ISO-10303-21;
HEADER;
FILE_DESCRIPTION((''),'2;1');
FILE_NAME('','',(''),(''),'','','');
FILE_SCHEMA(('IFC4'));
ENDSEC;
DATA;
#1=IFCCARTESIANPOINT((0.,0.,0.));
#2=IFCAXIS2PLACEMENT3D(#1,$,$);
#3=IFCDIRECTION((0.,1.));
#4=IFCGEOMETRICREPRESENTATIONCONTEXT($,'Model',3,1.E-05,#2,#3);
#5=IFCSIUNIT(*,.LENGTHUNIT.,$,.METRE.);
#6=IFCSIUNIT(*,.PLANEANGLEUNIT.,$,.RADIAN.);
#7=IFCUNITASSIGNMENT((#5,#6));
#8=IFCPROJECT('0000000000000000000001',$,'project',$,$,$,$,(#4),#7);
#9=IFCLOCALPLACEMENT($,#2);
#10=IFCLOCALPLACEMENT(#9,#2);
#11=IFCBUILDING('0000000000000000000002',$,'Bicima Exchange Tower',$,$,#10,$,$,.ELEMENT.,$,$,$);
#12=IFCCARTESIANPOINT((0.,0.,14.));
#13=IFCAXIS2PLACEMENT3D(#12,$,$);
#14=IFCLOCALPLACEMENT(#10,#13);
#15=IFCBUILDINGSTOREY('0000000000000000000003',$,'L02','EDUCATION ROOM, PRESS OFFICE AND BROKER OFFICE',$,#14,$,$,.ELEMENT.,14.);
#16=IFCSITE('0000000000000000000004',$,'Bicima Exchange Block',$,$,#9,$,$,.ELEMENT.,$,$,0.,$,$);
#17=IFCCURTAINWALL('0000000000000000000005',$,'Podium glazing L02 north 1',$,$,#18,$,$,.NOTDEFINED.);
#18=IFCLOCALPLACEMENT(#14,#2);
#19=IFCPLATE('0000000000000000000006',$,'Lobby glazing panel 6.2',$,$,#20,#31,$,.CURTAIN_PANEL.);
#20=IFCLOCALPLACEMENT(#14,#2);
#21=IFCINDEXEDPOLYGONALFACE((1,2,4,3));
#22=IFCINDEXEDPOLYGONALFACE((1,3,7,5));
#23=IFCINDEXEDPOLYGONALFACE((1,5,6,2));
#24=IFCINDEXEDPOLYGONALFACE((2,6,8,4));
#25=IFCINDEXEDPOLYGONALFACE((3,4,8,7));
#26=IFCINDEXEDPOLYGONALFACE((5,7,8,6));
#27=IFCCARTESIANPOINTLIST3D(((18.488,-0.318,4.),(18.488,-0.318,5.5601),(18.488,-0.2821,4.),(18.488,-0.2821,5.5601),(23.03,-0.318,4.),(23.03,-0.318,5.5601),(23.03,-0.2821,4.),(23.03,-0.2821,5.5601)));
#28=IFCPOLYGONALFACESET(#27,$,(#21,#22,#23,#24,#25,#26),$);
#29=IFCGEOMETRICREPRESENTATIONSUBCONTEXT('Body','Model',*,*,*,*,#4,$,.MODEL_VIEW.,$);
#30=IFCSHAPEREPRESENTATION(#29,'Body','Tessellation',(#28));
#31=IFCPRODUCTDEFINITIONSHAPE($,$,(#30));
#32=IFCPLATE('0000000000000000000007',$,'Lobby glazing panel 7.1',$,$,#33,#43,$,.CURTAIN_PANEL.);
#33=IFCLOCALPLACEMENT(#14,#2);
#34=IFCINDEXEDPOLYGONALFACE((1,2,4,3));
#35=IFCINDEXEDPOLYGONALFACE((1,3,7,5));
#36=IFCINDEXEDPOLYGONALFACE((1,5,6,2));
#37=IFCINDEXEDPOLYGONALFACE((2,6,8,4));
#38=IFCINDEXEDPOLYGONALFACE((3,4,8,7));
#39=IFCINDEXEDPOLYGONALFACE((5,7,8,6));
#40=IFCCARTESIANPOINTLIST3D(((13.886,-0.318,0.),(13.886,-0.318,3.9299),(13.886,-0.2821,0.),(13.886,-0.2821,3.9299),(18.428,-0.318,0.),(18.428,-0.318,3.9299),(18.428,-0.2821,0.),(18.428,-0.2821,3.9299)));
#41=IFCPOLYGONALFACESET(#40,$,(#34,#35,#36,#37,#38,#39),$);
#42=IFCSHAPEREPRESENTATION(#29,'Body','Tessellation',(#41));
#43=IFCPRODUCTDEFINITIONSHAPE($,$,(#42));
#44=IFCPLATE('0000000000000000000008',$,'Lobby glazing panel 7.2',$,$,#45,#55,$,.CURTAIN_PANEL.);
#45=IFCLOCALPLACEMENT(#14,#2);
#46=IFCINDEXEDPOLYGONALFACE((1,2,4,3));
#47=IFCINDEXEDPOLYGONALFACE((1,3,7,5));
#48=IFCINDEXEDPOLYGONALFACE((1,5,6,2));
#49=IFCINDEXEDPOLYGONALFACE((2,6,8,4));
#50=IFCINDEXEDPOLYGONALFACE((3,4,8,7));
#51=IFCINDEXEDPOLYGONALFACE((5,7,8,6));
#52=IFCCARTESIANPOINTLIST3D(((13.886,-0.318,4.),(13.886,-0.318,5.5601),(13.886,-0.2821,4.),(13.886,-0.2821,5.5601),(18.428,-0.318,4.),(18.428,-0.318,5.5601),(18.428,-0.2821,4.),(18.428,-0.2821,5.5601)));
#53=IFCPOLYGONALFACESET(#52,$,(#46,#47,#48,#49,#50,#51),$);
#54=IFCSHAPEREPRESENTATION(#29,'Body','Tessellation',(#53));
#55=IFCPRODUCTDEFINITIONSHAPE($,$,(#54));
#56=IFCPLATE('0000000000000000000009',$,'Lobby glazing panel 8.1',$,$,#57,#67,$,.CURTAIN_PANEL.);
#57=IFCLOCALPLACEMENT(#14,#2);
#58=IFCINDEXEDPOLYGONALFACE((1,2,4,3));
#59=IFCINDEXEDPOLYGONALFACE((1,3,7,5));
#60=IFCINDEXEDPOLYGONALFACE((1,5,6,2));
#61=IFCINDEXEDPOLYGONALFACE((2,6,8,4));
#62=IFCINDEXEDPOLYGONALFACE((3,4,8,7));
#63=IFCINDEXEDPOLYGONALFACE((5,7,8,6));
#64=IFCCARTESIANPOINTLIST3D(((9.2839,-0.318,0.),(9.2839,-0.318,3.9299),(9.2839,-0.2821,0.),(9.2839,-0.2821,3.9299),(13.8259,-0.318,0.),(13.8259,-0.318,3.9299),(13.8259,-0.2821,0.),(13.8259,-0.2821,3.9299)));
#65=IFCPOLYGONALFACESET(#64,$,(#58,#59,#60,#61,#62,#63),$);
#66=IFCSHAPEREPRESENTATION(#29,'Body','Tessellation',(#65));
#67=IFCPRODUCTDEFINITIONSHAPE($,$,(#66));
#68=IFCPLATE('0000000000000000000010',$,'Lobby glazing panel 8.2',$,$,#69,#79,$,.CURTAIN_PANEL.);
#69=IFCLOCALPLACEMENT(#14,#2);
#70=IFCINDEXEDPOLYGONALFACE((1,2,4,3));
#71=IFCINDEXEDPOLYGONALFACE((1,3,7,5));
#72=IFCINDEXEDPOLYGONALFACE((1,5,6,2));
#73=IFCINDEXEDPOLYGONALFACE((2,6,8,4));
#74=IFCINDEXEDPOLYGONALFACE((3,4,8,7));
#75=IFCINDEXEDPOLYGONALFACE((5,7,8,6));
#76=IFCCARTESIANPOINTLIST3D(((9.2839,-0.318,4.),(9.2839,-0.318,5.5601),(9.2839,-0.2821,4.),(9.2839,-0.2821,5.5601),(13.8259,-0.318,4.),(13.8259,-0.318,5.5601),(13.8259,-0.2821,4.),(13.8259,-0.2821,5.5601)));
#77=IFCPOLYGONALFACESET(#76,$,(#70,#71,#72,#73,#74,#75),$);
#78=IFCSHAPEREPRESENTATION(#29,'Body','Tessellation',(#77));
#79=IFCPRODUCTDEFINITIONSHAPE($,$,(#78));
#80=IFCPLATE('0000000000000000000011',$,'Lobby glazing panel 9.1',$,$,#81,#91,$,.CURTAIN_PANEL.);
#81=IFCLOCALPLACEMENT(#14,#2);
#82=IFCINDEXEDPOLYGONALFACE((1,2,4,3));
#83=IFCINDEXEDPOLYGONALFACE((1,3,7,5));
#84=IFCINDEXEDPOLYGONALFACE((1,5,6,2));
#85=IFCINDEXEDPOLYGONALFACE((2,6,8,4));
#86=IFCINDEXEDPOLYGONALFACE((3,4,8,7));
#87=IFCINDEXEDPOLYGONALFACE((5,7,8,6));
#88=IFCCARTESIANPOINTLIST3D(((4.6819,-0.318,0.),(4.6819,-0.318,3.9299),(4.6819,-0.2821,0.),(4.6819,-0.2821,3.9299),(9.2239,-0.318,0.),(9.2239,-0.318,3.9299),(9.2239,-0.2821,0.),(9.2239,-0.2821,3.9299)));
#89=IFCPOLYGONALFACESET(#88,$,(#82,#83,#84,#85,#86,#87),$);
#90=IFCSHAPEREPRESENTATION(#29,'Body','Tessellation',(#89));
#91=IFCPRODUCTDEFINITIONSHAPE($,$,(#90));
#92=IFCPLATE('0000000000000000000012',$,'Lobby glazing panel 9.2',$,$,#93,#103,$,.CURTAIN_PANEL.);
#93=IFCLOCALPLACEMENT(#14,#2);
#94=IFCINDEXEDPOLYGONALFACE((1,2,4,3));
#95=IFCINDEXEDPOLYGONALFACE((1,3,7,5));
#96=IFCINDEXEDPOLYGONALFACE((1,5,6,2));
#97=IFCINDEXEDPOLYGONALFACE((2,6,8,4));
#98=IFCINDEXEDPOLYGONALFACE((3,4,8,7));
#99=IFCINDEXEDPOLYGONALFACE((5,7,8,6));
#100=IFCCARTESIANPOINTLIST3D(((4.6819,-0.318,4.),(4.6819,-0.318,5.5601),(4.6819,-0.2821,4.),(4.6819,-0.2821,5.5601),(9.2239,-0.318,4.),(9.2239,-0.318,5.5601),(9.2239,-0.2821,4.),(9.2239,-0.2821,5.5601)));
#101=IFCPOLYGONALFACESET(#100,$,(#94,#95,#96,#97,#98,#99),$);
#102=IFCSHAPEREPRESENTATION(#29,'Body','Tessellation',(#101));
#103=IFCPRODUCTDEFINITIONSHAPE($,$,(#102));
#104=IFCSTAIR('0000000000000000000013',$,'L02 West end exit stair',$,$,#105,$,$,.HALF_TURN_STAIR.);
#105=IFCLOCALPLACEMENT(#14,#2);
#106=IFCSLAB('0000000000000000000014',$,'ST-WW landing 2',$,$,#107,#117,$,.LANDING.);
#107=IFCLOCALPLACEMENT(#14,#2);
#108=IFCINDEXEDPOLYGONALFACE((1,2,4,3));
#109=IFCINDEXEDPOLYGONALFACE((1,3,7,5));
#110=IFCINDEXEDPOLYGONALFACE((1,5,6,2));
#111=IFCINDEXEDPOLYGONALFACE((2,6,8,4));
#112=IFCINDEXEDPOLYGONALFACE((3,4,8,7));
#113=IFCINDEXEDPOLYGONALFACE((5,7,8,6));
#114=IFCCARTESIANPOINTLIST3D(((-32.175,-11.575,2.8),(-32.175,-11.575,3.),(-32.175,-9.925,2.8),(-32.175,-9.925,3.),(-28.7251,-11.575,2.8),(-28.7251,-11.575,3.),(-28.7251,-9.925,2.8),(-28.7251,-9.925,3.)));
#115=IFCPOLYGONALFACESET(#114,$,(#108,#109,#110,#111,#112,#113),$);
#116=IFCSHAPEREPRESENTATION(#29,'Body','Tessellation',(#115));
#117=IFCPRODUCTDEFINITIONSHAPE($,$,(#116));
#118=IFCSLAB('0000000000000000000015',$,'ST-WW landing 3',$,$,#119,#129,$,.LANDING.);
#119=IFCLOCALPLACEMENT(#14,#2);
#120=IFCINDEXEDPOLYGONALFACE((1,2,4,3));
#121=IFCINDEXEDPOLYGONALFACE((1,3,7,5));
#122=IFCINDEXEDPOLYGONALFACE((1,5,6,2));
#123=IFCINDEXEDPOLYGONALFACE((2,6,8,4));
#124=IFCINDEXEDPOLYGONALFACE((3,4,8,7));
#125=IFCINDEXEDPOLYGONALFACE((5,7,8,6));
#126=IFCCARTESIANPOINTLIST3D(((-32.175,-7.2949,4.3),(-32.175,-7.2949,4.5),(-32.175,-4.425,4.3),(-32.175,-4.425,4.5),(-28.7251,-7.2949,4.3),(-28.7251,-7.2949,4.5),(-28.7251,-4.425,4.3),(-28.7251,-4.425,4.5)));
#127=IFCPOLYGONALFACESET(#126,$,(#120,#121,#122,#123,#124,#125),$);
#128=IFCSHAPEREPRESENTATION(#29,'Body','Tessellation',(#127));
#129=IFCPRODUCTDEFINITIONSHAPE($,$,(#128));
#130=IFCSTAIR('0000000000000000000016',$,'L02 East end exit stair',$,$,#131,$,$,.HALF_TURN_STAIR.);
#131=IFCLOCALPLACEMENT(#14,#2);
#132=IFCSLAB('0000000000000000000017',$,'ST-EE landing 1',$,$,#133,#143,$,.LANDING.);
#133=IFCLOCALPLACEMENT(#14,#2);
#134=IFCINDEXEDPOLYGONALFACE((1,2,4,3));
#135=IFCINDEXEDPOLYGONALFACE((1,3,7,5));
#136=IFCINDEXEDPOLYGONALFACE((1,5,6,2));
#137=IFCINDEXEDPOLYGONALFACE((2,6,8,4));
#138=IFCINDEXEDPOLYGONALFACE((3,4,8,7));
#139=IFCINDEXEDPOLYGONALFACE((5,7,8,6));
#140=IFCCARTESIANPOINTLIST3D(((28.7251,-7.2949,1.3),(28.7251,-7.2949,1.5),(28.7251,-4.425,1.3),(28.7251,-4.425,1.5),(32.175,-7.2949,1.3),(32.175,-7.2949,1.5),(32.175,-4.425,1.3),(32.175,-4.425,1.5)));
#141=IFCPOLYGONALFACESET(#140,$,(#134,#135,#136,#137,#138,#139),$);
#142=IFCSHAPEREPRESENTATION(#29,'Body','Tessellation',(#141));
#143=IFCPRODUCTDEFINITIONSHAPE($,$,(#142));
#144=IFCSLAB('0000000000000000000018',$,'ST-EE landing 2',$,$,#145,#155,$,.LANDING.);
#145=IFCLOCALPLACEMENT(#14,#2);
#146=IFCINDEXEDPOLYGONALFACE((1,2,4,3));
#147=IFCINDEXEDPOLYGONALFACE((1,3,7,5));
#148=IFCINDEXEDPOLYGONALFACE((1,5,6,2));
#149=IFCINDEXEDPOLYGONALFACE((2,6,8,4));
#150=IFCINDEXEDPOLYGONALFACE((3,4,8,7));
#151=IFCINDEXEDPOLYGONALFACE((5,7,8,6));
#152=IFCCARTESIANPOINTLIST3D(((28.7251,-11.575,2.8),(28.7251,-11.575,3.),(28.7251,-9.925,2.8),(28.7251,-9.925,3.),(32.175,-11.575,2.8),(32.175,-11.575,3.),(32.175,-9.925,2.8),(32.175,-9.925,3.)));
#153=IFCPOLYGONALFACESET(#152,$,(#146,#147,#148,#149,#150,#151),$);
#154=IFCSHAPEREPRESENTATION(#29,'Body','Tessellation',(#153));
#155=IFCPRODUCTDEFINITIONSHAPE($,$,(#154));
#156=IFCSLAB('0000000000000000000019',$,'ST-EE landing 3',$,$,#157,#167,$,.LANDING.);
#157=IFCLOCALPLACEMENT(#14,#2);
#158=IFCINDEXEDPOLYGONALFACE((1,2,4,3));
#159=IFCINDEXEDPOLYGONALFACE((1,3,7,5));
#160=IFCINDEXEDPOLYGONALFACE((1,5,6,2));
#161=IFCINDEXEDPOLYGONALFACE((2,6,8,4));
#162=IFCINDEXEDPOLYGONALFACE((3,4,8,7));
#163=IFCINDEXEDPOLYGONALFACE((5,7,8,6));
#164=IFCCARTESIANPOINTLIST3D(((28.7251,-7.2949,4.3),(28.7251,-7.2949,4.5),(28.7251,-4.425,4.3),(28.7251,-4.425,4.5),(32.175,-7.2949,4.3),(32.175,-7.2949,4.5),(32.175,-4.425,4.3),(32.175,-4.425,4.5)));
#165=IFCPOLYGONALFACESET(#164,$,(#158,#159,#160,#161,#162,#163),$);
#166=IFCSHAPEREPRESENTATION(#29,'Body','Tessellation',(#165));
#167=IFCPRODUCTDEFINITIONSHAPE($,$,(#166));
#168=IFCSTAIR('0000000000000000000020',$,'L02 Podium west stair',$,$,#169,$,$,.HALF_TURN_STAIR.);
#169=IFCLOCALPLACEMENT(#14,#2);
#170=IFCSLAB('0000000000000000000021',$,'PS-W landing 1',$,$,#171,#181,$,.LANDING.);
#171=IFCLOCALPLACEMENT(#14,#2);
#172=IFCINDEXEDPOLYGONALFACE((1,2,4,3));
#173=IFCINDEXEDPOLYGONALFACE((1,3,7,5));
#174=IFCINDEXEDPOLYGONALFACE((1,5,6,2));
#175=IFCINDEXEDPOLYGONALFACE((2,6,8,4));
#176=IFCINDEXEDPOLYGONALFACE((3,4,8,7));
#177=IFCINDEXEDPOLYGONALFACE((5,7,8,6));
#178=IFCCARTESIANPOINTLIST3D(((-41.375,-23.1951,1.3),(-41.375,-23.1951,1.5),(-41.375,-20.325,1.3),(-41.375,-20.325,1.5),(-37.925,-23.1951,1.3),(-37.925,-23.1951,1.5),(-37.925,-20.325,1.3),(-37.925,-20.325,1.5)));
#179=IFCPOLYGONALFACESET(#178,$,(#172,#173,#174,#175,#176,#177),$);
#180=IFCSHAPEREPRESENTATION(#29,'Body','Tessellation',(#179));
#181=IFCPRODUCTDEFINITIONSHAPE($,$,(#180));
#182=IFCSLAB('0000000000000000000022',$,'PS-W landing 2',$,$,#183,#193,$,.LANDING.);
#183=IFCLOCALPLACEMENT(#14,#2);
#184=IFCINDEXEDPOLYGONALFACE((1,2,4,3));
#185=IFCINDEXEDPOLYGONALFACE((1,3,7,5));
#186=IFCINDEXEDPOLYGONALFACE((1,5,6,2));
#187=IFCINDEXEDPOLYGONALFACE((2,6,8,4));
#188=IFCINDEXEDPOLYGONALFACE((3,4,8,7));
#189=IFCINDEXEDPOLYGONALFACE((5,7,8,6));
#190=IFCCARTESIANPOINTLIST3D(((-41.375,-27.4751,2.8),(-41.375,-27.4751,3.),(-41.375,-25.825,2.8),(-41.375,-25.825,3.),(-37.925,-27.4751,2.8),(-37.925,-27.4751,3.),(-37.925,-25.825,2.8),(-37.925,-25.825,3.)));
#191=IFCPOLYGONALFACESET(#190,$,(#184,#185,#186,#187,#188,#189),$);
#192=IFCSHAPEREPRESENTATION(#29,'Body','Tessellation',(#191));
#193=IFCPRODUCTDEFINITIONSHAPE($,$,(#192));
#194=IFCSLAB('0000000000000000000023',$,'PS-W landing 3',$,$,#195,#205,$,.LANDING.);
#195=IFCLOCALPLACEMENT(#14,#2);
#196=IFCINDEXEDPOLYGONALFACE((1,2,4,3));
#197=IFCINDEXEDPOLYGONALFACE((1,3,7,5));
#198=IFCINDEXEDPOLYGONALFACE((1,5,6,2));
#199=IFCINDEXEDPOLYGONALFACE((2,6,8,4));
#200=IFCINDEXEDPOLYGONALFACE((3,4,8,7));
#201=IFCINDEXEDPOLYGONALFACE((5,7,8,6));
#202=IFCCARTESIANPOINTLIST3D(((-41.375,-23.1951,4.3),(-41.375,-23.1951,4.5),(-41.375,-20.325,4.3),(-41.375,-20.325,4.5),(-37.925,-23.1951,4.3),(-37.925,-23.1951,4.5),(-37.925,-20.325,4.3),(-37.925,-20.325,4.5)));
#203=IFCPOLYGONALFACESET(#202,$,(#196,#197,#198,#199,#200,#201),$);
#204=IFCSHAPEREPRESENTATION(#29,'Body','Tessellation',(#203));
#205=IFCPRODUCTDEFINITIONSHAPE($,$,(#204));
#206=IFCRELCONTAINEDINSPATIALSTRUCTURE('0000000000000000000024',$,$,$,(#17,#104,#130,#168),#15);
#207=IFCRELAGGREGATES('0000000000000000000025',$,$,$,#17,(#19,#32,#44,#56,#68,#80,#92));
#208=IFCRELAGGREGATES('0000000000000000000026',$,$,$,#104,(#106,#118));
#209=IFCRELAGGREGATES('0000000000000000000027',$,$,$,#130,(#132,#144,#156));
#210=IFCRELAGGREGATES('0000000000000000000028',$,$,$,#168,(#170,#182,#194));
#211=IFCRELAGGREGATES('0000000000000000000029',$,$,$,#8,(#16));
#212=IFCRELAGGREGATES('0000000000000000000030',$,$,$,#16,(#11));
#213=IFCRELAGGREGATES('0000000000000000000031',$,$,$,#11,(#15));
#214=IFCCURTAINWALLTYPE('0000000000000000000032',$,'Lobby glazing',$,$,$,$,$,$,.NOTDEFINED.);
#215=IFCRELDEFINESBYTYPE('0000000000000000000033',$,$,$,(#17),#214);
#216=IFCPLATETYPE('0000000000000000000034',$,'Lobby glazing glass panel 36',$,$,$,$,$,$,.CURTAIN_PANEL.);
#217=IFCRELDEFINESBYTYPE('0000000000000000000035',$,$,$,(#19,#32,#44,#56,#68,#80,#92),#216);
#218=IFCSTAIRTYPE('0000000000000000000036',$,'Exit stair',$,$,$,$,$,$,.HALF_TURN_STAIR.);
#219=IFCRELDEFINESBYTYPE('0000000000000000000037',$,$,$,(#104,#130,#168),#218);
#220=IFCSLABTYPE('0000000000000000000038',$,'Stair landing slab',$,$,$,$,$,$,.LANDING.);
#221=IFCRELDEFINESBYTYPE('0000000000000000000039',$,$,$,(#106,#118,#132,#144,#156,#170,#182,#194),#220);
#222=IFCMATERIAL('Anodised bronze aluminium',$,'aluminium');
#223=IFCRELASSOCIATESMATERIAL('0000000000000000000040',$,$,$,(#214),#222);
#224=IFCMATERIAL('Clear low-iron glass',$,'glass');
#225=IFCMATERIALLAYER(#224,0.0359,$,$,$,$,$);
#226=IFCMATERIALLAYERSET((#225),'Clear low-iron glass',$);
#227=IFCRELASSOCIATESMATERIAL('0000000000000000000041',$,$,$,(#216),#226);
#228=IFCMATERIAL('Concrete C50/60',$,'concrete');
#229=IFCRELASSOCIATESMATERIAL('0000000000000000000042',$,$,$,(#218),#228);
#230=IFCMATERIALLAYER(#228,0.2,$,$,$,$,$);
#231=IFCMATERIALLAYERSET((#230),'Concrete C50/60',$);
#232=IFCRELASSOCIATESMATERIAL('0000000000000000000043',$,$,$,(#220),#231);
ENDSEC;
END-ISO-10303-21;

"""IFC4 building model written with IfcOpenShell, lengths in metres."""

from ifc_helpers import new_model, si_unit, direction, frame, origin, origin_2d, place, context, subcontext, project, spatial, polyline, rectangle, outline, extrude, material, layer, layer_set, type_object, element, aggregate, save


model = new_model("IFC4")

# Units and contexts
model_context = context("Model", 3, precision=1e-05, world=origin(), true_north=direction((0.0, 1.0)))
body_context = subcontext(model_context, "Body", "Model", "MODEL_VIEW")
ifc_project = project(units=[si_unit("LENGTHUNIT", "METRE"), si_unit("PLANEANGLEUNIT", "RADIAN")], contexts=[model_context])

# Site, building, storey
site_placement = place(None, origin())
site = spatial("IfcSite", under=ifc_project, at=site_placement, Name="Bicima Exchange Block", CompositionType="ELEMENT", RefElevation=0.0)
building_placement = place(site_placement, origin())
building = spatial("IfcBuilding", under=site, at=building_placement, Name="Bicima Exchange Tower", CompositionType="ELEMENT")
storey_placement = place(building_placement, frame((0.0, 0.0, 14.0)))
storey = spatial("IfcBuildingStorey", under=building, at=storey_placement, Name="L02", Description="EDUCATION ROOM, PRESS OFFICE AND BROKER OFFICE", CompositionType="ELEMENT", Elevation=14.0)

# Curtain wall, plates
ifc_material_1 = material(Name="Anodised bronze aluminium", Category="aluminium")
curtain_wall_type = type_object("IfcCurtainWallType", Name="Lobby glazing", PredefinedType="NOTDEFINED", material=ifc_material_1)
curtain_wall_placement = place(storey_placement, origin())
curtain_wall = element("IfcCurtainWall", 1, at=curtain_wall_placement, inside=storey, type_object=curtain_wall_type, Name="Podium glazing L02 north 1", PredefinedType="NOTDEFINED")
ifc_material_2 = material(Name="Clear low-iron glass", Category="glass")
ifc_layer_1 = layer(ifc_material_2, 0.0359)
ifc_layer_set_1 = layer_set([ifc_layer_1], Name="Clear low-iron glass")
plate_type = type_object("IfcPlateType", Name="Lobby glazing glass panel 36", PredefinedType="CURTAIN_PANEL", material=ifc_layer_set_1)
plate_1_placement = place(storey_placement, frame((20.759, -0.3, 4.0), z_axis=(0.0, 0.0, 1.0), x_axis=(-1.0, 0.0, 0.0)))
plate_1 = element("IfcPlate", 2, at=plate_1_placement, type_object=plate_type, Name="Lobby glazing panel 6.2", PredefinedType="CURTAIN_PANEL", context=body_context, shape_type="SweptSolid", body=[
    extrude(rectangle(XDim=4.542, YDim=0.0359, at=origin_2d()), origin(), (0.0, 0.0, 1.0), 1.5601),
])
plate_2_placement = place(storey_placement, frame((16.157, -0.3, 0.0), z_axis=(0.0, 0.0, 1.0), x_axis=(-1.0, 0.0, 0.0)))
plate_2 = element("IfcPlate", 3, at=plate_2_placement, type_object=plate_type, Name="Lobby glazing panel 7.1", PredefinedType="CURTAIN_PANEL", context=body_context, shape_type="SweptSolid", body=[
    extrude(rectangle(XDim=4.542, YDim=0.0359, at=origin_2d()), origin(), (0.0, 0.0, 1.0), 3.9299),
])
plate_3_placement = place(storey_placement, frame((16.157, -0.3, 4.0), z_axis=(0.0, 0.0, 1.0), x_axis=(-1.0, 0.0, 0.0)))
plate_3 = element("IfcPlate", 4, at=plate_3_placement, type_object=plate_type, Name="Lobby glazing panel 7.2", PredefinedType="CURTAIN_PANEL", context=body_context, shape_type="SweptSolid", body=[
    extrude(rectangle(XDim=4.542, YDim=0.0359, at=origin_2d()), origin(), (0.0, 0.0, 1.0), 1.5601),
])
plate_4_placement = place(storey_placement, frame((11.5549, -0.3, 0.0), z_axis=(0.0, 0.0, 1.0), x_axis=(-1.0, 0.0, 0.0)))
plate_4 = element("IfcPlate", 5, at=plate_4_placement, type_object=plate_type, Name="Lobby glazing panel 8.1", PredefinedType="CURTAIN_PANEL", context=body_context, shape_type="SweptSolid", body=[
    extrude(rectangle(XDim=4.542, YDim=0.0359, at=origin_2d()), origin(), (0.0, 0.0, 1.0), 3.9299),
])
plate_5_placement = place(storey_placement, frame((11.5549, -0.3, 4.0), z_axis=(0.0, 0.0, 1.0), x_axis=(-1.0, 0.0, 0.0)))
plate_5 = element("IfcPlate", 6, at=plate_5_placement, type_object=plate_type, Name="Lobby glazing panel 8.2", PredefinedType="CURTAIN_PANEL", context=body_context, shape_type="SweptSolid", body=[
    extrude(rectangle(XDim=4.542, YDim=0.0359, at=origin_2d()), origin(), (0.0, 0.0, 1.0), 1.5601),
])
plate_6_placement = place(storey_placement, frame((6.9529, -0.3, 0.0), z_axis=(0.0, 0.0, 1.0), x_axis=(-1.0, 0.0, 0.0)))
plate_6 = element("IfcPlate", 7, at=plate_6_placement, type_object=plate_type, Name="Lobby glazing panel 9.1", PredefinedType="CURTAIN_PANEL", context=body_context, shape_type="SweptSolid", body=[
    extrude(rectangle(XDim=4.542, YDim=0.0359, at=origin_2d()), origin(), (0.0, 0.0, 1.0), 3.9299),
])
plate_7_placement = place(storey_placement, frame((6.9529, -0.3, 4.0), z_axis=(0.0, 0.0, 1.0), x_axis=(-1.0, 0.0, 0.0)))
plate_7 = element("IfcPlate", 8, at=plate_7_placement, type_object=plate_type, Name="Lobby glazing panel 9.2", PredefinedType="CURTAIN_PANEL", context=body_context, shape_type="SweptSolid", body=[
    extrude(rectangle(XDim=4.542, YDim=0.0359, at=origin_2d()), origin(), (0.0, 0.0, 1.0), 1.5601),
])
aggregate(curtain_wall, [plate_1, plate_2, plate_3, plate_4, plate_5, plate_6, plate_7])

# Stairs, slabs
ifc_material_3 = material(Name="Concrete C50/60", Category="concrete")
stair_type = type_object("IfcStairType", Name="Exit stair", PredefinedType="HALF_TURN_STAIR", material=ifc_material_3)
stair_1_placement = place(storey_placement, origin())
stair_1 = element("IfcStair", 9, at=stair_1_placement, inside=storey, type_object=stair_type, Name="L02 West end exit stair", PredefinedType="HALF_TURN_STAIR")
ifc_layer_2 = layer(ifc_material_3, 0.2)
ifc_layer_set_2 = layer_set([ifc_layer_2], Name="Concrete C50/60")
slab_type = type_object("IfcSlabType", Name="Stair landing slab", PredefinedType="LANDING", material=ifc_layer_set_2)
slab_1_placement = place(storey_placement, frame((0.0, 0.0, 2.8)))
slab_1 = element("IfcSlab", 10, at=slab_1_placement, type_object=slab_type, Name="ST-WW landing 2", PredefinedType="LANDING", context=body_context, shape_type="SweptSolid", body=[
    extrude(outline(polyline([(-28.7251, -11.575), (-28.7251, -9.925), (-32.175, -9.925), (-32.175, -11.575), (-28.7251, -11.575)])), origin(), (0.0, 0.0, 1.0), 0.2),
])
slab_2_placement = place(storey_placement, frame((0.0, 0.0, 4.3)))
slab_2 = element("IfcSlab", 11, at=slab_2_placement, type_object=slab_type, Name="ST-WW landing 3", PredefinedType="LANDING", context=body_context, shape_type="SweptSolid", body=[
    extrude(outline(polyline([(-28.7251, -7.2949), (-28.7251, -4.425), (-32.175, -4.425), (-32.175, -7.2949), (-28.7251, -7.2949)])), origin(), (0.0, 0.0, 1.0), 0.2),
])
aggregate(stair_1, [slab_1, slab_2])
stair_2_placement = place(storey_placement, origin())
stair_2 = element("IfcStair", 12, at=stair_2_placement, inside=storey, type_object=stair_type, Name="L02 East end exit stair", PredefinedType="HALF_TURN_STAIR")
slab_3_placement = place(storey_placement, frame((0.0, 0.0, 1.3)))
slab_3 = element("IfcSlab", 13, at=slab_3_placement, type_object=slab_type, Name="ST-EE landing 1", PredefinedType="LANDING", context=body_context, shape_type="SweptSolid", body=[
    extrude(outline(polyline([(32.175, -7.2949), (32.175, -4.425), (28.7251, -4.425), (28.7251, -7.2949), (32.175, -7.2949)])), origin(), (0.0, 0.0, 1.0), 0.2),
])
slab_4_placement = place(storey_placement, frame((0.0, 0.0, 2.8)))
slab_4 = element("IfcSlab", 14, at=slab_4_placement, type_object=slab_type, Name="ST-EE landing 2", PredefinedType="LANDING", context=body_context, shape_type="SweptSolid", body=[
    extrude(outline(polyline([(32.175, -11.575), (32.175, -9.925), (28.7251, -9.925), (28.7251, -11.575), (32.175, -11.575)])), origin(), (0.0, 0.0, 1.0), 0.2),
])
slab_5_placement = place(storey_placement, frame((0.0, 0.0, 4.3)))
slab_5 = element("IfcSlab", 15, at=slab_5_placement, type_object=slab_type, Name="ST-EE landing 3", PredefinedType="LANDING", context=body_context, shape_type="SweptSolid", body=[
    extrude(outline(polyline([(32.175, -7.2949), (32.175, -4.425), (28.7251, -4.425), (28.7251, -7.2949), (32.175, -7.2949)])), origin(), (0.0, 0.0, 1.0), 0.2),
])
aggregate(stair_2, [slab_3, slab_4, slab_5])
stair_3_placement = place(storey_placement, origin())
stair_3 = element("IfcStair", 16, at=stair_3_placement, inside=storey, type_object=stair_type, Name="L02 Podium west stair", PredefinedType="HALF_TURN_STAIR")
slab_6_placement = place(storey_placement, frame((0.0, 0.0, 1.3)))
slab_6 = element("IfcSlab", 17, at=slab_6_placement, type_object=slab_type, Name="PS-W landing 1", PredefinedType="LANDING", context=body_context, shape_type="SweptSolid", body=[
    extrude(outline(polyline([(-37.925, -23.1951), (-37.925, -20.325), (-41.375, -20.325), (-41.375, -23.1951), (-37.925, -23.1951)])), origin(), (0.0, 0.0, 1.0), 0.2),
])
slab_7_placement = place(storey_placement, frame((0.0, 0.0, 2.8)))
slab_7 = element("IfcSlab", 18, at=slab_7_placement, type_object=slab_type, Name="PS-W landing 2", PredefinedType="LANDING", context=body_context, shape_type="SweptSolid", body=[
    extrude(outline(polyline([(-37.925, -27.4751), (-37.925, -25.825), (-41.375, -25.825), (-41.375, -27.4751), (-37.925, -27.4751)])), origin(), (0.0, 0.0, 1.0), 0.2),
])
slab_8_placement = place(storey_placement, frame((0.0, 0.0, 4.3)))
slab_8 = element("IfcSlab", 19, at=slab_8_placement, type_object=slab_type, Name="PS-W landing 3", PredefinedType="LANDING", context=body_context, shape_type="SweptSolid", body=[
    extrude(outline(polyline([(-37.925, -23.1951), (-37.925, -20.325), (-41.375, -20.325), (-41.375, -23.1951), (-37.925, -23.1951)])), origin(), (0.0, 0.0, 1.0), 0.2),
])
aggregate(stair_3, [slab_6, slab_7, slab_8])

save(model, "model.ifc")
